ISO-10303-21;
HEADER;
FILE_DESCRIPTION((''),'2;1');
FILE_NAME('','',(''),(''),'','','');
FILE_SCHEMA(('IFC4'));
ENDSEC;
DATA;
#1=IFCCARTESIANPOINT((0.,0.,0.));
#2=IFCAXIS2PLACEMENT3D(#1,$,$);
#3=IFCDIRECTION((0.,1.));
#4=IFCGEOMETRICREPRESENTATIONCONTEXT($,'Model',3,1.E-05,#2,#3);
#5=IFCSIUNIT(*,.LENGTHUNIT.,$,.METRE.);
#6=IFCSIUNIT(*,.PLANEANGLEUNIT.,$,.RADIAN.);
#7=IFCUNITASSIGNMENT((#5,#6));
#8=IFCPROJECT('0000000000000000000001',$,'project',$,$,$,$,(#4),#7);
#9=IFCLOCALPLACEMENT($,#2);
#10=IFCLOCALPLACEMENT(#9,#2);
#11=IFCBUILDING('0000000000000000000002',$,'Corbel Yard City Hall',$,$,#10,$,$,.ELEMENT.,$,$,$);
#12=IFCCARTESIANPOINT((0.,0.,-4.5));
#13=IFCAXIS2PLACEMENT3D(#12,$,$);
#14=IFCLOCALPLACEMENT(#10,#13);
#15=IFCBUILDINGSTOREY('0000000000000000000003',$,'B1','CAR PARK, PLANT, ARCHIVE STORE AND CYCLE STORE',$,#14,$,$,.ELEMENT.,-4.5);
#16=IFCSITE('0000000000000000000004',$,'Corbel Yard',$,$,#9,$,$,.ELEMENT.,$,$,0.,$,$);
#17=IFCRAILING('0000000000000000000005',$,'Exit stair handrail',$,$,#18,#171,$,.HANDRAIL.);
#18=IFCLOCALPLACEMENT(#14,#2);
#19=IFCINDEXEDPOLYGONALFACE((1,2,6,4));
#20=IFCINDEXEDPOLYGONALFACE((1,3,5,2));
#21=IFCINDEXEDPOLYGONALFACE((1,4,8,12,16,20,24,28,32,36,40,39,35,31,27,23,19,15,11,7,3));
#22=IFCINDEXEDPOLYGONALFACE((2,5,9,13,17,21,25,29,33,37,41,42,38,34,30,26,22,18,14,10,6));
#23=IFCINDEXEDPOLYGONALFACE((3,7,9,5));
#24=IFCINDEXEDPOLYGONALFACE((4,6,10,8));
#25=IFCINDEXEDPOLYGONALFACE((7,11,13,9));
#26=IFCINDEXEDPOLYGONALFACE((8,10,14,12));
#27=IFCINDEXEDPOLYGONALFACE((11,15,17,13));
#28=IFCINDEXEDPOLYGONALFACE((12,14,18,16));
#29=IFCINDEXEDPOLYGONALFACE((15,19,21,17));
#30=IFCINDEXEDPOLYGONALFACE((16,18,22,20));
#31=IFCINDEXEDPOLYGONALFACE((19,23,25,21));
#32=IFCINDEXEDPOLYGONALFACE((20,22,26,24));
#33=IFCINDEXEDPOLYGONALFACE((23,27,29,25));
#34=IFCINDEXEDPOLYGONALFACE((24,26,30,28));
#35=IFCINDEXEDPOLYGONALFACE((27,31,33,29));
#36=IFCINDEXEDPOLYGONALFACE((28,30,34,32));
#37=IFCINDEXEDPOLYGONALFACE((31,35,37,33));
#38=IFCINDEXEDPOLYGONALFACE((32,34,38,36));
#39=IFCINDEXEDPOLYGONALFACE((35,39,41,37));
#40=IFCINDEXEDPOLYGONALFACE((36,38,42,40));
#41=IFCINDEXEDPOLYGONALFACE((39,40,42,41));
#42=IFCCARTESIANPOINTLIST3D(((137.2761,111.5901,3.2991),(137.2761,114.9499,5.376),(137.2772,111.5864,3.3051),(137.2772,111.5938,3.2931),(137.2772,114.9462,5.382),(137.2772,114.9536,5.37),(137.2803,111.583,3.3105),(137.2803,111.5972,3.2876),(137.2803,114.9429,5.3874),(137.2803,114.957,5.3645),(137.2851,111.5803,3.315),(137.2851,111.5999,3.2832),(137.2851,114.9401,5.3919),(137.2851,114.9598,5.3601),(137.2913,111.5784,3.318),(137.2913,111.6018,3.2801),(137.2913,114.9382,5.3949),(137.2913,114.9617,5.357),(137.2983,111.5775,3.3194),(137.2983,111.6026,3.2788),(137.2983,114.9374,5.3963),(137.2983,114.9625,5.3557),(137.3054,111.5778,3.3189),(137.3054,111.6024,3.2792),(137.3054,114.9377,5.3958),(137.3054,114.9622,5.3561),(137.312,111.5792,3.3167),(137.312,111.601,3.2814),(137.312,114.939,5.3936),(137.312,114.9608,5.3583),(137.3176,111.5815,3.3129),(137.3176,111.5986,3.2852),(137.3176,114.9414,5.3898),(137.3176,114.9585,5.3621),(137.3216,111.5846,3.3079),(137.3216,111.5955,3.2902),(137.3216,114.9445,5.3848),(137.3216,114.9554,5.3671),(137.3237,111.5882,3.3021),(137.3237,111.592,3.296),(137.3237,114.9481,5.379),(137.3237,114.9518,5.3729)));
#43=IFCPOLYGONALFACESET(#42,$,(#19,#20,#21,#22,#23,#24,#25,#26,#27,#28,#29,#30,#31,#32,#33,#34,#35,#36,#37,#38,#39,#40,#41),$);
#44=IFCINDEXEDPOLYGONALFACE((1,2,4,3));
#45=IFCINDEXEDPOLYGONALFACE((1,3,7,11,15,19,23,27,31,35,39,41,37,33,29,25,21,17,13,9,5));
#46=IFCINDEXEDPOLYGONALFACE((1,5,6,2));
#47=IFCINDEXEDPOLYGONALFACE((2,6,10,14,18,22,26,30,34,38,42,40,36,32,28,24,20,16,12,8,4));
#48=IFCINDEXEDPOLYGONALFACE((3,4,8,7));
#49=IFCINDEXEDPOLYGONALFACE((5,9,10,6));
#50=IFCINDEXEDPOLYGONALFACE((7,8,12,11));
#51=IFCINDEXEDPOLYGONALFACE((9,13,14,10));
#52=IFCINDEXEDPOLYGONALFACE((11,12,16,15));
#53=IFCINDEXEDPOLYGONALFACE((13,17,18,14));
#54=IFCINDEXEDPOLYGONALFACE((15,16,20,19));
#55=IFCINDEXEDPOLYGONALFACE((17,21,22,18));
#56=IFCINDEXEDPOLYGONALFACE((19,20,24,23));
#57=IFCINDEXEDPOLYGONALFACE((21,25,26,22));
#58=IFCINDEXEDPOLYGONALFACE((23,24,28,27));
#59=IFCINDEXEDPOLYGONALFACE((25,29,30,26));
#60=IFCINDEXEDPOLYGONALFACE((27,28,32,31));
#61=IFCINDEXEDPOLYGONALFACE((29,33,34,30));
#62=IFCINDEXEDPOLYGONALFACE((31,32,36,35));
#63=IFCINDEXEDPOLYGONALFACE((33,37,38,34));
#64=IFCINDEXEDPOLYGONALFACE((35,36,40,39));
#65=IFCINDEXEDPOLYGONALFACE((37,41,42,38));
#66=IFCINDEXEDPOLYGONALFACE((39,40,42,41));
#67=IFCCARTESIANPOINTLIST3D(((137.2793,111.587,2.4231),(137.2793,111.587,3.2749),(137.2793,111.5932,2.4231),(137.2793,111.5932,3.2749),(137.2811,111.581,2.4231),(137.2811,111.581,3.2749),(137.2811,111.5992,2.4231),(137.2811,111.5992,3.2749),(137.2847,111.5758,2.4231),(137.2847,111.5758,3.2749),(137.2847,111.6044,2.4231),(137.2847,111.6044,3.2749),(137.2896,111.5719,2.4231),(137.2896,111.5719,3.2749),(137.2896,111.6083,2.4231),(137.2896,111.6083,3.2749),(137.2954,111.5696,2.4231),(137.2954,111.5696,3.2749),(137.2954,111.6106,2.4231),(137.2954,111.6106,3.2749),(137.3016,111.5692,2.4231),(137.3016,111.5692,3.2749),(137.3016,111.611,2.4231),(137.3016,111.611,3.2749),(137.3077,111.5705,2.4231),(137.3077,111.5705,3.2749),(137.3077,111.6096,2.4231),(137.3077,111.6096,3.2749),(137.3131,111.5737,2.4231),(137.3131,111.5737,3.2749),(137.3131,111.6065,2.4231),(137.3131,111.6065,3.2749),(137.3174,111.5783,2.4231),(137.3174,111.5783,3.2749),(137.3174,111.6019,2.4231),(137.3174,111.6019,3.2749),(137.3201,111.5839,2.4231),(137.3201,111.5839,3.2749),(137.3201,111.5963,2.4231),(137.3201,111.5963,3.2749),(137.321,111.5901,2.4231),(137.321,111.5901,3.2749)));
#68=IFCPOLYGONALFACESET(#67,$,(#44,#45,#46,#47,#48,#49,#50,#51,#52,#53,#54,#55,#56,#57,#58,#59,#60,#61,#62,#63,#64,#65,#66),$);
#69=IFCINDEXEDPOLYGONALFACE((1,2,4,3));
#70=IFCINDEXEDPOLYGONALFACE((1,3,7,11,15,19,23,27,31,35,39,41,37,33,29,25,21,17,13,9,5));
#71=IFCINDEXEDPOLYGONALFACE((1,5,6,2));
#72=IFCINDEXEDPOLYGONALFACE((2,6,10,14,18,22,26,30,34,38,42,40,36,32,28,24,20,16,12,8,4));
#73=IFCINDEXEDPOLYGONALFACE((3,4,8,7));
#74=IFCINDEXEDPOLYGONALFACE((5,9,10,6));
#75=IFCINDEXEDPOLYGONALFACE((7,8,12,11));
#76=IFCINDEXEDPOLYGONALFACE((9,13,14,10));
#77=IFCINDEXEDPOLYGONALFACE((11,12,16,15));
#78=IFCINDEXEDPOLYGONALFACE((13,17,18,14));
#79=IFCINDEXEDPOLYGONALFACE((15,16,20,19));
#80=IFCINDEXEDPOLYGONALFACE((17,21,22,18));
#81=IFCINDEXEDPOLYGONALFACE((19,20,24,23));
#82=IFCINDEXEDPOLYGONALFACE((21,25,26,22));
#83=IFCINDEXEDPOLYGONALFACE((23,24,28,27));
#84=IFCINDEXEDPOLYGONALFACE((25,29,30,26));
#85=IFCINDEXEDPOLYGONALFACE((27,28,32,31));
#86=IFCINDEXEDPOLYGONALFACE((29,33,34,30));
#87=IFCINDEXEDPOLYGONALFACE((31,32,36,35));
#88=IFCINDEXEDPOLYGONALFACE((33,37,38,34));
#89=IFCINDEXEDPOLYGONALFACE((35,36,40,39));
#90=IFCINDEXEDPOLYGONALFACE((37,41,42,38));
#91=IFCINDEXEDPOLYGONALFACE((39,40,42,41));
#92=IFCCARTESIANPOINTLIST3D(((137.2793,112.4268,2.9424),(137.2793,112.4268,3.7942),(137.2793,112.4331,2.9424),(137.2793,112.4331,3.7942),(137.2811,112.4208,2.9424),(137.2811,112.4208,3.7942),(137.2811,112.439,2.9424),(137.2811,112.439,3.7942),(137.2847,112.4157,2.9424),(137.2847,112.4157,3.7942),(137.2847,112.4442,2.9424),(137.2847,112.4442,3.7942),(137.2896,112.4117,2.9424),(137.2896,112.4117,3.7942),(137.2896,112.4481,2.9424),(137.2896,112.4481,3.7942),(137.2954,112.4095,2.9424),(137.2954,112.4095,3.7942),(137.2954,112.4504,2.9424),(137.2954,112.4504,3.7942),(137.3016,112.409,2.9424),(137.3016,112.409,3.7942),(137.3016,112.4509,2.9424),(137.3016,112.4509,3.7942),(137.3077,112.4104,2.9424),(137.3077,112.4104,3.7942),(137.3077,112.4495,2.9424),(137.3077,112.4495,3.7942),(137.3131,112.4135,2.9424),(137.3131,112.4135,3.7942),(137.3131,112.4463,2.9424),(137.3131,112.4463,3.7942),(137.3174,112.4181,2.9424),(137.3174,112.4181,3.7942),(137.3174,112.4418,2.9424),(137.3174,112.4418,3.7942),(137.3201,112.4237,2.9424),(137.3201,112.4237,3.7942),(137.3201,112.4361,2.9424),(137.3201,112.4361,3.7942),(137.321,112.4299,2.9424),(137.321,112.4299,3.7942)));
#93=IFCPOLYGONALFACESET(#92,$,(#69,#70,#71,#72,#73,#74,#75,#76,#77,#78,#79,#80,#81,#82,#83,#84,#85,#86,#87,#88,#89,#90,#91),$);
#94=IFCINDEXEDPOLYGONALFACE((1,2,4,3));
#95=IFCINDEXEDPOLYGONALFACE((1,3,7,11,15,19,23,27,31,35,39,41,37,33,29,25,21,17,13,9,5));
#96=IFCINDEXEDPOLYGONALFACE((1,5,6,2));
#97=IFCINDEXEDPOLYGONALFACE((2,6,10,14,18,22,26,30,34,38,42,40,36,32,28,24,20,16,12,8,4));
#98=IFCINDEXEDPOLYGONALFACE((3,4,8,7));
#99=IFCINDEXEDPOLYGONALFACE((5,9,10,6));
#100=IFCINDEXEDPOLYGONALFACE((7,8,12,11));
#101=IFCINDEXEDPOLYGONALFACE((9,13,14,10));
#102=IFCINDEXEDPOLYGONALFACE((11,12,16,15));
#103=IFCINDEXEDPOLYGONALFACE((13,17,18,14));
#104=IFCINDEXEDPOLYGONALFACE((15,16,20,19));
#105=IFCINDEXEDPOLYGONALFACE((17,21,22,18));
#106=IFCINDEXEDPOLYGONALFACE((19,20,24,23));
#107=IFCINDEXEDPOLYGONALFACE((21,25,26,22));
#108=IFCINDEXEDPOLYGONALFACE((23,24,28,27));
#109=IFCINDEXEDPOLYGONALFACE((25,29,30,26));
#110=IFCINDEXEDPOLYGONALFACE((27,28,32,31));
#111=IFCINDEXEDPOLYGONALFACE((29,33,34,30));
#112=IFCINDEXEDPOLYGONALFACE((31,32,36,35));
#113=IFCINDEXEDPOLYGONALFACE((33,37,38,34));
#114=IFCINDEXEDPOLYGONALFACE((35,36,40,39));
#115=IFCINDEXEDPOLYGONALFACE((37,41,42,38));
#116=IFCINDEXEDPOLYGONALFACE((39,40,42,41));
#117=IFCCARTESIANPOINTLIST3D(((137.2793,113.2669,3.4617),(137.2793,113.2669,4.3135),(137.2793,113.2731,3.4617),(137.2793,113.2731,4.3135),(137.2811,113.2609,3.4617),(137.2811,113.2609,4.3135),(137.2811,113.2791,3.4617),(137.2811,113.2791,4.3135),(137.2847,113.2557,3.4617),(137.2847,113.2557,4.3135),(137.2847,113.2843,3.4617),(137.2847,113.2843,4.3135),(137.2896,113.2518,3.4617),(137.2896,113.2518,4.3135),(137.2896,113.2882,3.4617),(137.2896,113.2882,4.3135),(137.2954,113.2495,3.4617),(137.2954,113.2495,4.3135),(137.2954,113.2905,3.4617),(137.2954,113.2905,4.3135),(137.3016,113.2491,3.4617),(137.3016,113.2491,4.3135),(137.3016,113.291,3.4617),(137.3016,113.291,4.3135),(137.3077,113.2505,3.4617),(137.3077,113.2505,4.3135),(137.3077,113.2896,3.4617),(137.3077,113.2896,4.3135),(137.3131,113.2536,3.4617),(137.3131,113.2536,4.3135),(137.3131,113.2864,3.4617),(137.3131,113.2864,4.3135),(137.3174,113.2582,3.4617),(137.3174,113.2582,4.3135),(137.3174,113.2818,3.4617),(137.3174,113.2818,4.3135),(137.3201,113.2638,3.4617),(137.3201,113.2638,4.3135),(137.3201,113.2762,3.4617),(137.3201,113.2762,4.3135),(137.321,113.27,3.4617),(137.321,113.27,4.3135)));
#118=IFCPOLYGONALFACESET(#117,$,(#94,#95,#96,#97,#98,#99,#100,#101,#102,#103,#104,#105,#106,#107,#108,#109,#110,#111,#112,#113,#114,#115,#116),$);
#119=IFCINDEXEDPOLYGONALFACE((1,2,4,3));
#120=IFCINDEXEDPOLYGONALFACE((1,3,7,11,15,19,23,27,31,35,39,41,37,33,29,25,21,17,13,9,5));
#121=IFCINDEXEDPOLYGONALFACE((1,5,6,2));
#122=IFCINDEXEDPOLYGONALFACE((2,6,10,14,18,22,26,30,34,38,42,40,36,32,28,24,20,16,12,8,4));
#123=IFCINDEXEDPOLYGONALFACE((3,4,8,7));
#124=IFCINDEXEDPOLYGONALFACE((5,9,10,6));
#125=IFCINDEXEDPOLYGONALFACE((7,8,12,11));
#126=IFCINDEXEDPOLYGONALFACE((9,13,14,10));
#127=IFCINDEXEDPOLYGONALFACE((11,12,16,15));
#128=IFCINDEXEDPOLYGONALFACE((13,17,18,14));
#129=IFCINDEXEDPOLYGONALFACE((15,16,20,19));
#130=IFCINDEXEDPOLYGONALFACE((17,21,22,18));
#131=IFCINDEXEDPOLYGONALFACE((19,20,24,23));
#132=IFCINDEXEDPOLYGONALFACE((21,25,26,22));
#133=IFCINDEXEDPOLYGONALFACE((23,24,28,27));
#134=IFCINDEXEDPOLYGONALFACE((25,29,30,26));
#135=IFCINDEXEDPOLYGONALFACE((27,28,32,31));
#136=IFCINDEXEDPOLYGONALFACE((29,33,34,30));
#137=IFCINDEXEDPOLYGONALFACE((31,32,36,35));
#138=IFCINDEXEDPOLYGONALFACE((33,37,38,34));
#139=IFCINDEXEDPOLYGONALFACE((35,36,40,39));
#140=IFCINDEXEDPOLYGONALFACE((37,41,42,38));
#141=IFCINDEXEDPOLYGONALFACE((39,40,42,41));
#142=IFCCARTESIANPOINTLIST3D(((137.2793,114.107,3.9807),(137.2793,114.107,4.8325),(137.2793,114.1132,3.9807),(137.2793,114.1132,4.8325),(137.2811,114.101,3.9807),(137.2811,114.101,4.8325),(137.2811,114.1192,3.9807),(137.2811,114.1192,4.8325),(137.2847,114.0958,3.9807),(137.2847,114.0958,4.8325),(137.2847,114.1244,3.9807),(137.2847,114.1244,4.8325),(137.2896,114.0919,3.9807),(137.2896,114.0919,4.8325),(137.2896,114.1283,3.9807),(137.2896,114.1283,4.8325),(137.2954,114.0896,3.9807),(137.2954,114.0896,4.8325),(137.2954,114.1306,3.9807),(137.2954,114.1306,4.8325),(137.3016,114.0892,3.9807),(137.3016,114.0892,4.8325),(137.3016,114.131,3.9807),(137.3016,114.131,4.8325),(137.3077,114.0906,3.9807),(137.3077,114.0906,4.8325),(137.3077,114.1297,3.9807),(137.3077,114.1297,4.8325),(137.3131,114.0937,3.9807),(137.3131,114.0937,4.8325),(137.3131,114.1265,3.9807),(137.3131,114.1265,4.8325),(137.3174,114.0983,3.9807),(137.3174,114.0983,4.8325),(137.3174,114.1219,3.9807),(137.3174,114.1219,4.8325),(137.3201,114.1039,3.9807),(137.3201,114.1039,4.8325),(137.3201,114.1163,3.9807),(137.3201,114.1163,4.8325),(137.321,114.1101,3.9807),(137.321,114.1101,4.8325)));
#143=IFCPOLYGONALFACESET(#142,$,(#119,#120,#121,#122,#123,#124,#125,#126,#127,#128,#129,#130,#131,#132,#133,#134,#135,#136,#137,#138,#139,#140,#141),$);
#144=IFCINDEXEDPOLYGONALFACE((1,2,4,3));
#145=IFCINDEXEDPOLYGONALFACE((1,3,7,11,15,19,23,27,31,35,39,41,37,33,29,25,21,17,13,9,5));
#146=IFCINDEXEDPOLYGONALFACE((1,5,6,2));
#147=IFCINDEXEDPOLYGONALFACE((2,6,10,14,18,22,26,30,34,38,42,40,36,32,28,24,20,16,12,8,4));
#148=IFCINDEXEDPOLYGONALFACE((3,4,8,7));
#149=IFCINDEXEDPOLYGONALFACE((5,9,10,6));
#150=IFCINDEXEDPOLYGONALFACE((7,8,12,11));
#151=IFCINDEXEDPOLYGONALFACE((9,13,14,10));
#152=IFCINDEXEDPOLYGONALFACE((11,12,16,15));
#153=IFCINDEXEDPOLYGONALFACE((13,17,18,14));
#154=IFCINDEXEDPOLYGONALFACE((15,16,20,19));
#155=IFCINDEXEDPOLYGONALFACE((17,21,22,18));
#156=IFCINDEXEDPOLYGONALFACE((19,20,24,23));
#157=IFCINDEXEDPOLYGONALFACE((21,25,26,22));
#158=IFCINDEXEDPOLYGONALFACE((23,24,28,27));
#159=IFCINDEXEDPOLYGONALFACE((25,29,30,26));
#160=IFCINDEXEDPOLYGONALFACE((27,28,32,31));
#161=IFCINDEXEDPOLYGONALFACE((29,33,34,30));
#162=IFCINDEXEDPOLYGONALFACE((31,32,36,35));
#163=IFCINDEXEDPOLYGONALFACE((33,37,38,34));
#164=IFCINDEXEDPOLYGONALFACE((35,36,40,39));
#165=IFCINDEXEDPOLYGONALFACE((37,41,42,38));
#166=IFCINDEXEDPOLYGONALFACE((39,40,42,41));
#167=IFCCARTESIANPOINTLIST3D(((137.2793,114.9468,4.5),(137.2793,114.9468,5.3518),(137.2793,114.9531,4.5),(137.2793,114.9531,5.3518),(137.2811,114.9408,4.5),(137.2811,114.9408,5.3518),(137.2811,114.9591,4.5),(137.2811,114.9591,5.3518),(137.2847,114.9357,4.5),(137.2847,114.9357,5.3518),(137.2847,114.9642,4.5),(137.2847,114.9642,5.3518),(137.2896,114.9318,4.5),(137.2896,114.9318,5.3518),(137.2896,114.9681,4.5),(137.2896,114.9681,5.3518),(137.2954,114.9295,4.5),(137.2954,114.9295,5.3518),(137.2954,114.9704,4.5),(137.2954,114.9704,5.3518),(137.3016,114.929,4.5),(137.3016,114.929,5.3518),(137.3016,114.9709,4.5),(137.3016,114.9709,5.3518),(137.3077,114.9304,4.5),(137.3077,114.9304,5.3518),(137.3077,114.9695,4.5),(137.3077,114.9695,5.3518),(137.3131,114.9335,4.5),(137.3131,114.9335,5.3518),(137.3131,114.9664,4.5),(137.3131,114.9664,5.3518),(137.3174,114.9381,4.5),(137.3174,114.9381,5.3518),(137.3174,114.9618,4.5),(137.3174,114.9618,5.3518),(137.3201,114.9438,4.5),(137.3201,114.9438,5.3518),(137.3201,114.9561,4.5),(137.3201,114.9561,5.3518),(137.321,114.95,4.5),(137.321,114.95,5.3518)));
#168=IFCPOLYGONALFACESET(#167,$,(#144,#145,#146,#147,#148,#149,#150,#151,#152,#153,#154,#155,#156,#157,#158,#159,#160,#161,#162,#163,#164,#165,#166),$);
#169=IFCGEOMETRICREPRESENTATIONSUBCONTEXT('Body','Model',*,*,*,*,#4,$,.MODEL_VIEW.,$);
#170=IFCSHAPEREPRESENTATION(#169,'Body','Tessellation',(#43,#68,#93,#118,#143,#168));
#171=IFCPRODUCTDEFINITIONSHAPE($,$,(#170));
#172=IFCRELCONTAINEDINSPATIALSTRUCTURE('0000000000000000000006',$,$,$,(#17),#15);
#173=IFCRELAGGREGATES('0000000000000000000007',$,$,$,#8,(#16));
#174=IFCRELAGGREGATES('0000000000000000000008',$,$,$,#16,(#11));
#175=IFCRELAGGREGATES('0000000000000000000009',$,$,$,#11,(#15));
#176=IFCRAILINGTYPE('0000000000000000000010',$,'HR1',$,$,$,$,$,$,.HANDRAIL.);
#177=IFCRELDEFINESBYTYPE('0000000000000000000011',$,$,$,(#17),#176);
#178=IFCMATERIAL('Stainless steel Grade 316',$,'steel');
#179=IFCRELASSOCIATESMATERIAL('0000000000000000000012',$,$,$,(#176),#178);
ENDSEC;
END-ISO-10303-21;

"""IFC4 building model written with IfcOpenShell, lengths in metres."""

from ifc_helpers import new_model, si_unit, direction, frame, origin, origin_2d, place, context, subcontext, project, spatial, circle, extrude, material, type_object, element, save


model = new_model("IFC4")

# Units and contexts
model_context = context("Model", 3, precision=1e-05, world=origin(), true_north=direction((0.0, 1.0)))
body_context = subcontext(model_context, "Body", "Model", "MODEL_VIEW")
ifc_project = project(units=[si_unit("LENGTHUNIT", "METRE"), si_unit("PLANEANGLEUNIT", "RADIAN")], contexts=[model_context])

# Site, building, storey
site_placement = place(None, origin())
site = spatial("IfcSite", under=ifc_project, at=site_placement, Name="Corbel Yard", CompositionType="ELEMENT", RefElevation=0.0)
building_placement = place(site_placement, origin())
building = spatial("IfcBuilding", under=site, at=building_placement, Name="Corbel Yard City Hall", CompositionType="ELEMENT")
storey_placement = place(building_placement, frame((0.0, 0.0, -4.5)))
storey = spatial("IfcBuildingStorey", under=building, at=storey_placement, Name="B1", Description="CAR PARK, PLANT, ARCHIVE STORE AND CYCLE STORE", CompositionType="ELEMENT", Elevation=-4.5)

# Railing
ifc_material_1 = material(Name="Stainless steel Grade 316", Category="steel")
railing_type = type_object("IfcRailingType", Name="HR1", PredefinedType="HANDRAIL", material=ifc_material_1)
railing_placement = place(storey_placement, frame((137.3, 111.5901, 2.4231)))
element("IfcRailing", 1, at=railing_placement, inside=storey, type_object=railing_type, Name="Exit stair handrail", PredefinedType="HANDRAIL", context=body_context, shape_type="SweptSolid", body=[
    extrude(circle(Radius=0.0239, at=origin_2d()), frame((0.0, 0.0, 0.876), z_axis=(0.0, 0.850606, 0.525803), x_axis=(-1.0, 0.0, 0.0)), (0.0, 0.0, 1.0), 3.95),
    extrude(circle(Radius=0.021, at=origin_2d()), origin(), (0.0, 0.0, 1.0), 0.8518),
    extrude(circle(Radius=0.021, at=origin_2d()), frame((0.0, 0.8398, 0.5193)), (0.0, 0.0, 1.0), 0.8518),
    extrude(circle(Radius=0.021, at=origin_2d()), frame((0.0, 1.6799, 1.0386)), (0.0, 0.0, 1.0), 0.8518),
    extrude(circle(Radius=0.021, at=origin_2d()), frame((0.0, 2.52, 1.5576)), (0.0, 0.0, 1.0), 0.8518),
    extrude(circle(Radius=0.021, at=origin_2d()), frame((0.0, 3.3599, 2.0769)), (0.0, 0.0, 1.0), 0.8518),
])

save(model, "model.ifc")
